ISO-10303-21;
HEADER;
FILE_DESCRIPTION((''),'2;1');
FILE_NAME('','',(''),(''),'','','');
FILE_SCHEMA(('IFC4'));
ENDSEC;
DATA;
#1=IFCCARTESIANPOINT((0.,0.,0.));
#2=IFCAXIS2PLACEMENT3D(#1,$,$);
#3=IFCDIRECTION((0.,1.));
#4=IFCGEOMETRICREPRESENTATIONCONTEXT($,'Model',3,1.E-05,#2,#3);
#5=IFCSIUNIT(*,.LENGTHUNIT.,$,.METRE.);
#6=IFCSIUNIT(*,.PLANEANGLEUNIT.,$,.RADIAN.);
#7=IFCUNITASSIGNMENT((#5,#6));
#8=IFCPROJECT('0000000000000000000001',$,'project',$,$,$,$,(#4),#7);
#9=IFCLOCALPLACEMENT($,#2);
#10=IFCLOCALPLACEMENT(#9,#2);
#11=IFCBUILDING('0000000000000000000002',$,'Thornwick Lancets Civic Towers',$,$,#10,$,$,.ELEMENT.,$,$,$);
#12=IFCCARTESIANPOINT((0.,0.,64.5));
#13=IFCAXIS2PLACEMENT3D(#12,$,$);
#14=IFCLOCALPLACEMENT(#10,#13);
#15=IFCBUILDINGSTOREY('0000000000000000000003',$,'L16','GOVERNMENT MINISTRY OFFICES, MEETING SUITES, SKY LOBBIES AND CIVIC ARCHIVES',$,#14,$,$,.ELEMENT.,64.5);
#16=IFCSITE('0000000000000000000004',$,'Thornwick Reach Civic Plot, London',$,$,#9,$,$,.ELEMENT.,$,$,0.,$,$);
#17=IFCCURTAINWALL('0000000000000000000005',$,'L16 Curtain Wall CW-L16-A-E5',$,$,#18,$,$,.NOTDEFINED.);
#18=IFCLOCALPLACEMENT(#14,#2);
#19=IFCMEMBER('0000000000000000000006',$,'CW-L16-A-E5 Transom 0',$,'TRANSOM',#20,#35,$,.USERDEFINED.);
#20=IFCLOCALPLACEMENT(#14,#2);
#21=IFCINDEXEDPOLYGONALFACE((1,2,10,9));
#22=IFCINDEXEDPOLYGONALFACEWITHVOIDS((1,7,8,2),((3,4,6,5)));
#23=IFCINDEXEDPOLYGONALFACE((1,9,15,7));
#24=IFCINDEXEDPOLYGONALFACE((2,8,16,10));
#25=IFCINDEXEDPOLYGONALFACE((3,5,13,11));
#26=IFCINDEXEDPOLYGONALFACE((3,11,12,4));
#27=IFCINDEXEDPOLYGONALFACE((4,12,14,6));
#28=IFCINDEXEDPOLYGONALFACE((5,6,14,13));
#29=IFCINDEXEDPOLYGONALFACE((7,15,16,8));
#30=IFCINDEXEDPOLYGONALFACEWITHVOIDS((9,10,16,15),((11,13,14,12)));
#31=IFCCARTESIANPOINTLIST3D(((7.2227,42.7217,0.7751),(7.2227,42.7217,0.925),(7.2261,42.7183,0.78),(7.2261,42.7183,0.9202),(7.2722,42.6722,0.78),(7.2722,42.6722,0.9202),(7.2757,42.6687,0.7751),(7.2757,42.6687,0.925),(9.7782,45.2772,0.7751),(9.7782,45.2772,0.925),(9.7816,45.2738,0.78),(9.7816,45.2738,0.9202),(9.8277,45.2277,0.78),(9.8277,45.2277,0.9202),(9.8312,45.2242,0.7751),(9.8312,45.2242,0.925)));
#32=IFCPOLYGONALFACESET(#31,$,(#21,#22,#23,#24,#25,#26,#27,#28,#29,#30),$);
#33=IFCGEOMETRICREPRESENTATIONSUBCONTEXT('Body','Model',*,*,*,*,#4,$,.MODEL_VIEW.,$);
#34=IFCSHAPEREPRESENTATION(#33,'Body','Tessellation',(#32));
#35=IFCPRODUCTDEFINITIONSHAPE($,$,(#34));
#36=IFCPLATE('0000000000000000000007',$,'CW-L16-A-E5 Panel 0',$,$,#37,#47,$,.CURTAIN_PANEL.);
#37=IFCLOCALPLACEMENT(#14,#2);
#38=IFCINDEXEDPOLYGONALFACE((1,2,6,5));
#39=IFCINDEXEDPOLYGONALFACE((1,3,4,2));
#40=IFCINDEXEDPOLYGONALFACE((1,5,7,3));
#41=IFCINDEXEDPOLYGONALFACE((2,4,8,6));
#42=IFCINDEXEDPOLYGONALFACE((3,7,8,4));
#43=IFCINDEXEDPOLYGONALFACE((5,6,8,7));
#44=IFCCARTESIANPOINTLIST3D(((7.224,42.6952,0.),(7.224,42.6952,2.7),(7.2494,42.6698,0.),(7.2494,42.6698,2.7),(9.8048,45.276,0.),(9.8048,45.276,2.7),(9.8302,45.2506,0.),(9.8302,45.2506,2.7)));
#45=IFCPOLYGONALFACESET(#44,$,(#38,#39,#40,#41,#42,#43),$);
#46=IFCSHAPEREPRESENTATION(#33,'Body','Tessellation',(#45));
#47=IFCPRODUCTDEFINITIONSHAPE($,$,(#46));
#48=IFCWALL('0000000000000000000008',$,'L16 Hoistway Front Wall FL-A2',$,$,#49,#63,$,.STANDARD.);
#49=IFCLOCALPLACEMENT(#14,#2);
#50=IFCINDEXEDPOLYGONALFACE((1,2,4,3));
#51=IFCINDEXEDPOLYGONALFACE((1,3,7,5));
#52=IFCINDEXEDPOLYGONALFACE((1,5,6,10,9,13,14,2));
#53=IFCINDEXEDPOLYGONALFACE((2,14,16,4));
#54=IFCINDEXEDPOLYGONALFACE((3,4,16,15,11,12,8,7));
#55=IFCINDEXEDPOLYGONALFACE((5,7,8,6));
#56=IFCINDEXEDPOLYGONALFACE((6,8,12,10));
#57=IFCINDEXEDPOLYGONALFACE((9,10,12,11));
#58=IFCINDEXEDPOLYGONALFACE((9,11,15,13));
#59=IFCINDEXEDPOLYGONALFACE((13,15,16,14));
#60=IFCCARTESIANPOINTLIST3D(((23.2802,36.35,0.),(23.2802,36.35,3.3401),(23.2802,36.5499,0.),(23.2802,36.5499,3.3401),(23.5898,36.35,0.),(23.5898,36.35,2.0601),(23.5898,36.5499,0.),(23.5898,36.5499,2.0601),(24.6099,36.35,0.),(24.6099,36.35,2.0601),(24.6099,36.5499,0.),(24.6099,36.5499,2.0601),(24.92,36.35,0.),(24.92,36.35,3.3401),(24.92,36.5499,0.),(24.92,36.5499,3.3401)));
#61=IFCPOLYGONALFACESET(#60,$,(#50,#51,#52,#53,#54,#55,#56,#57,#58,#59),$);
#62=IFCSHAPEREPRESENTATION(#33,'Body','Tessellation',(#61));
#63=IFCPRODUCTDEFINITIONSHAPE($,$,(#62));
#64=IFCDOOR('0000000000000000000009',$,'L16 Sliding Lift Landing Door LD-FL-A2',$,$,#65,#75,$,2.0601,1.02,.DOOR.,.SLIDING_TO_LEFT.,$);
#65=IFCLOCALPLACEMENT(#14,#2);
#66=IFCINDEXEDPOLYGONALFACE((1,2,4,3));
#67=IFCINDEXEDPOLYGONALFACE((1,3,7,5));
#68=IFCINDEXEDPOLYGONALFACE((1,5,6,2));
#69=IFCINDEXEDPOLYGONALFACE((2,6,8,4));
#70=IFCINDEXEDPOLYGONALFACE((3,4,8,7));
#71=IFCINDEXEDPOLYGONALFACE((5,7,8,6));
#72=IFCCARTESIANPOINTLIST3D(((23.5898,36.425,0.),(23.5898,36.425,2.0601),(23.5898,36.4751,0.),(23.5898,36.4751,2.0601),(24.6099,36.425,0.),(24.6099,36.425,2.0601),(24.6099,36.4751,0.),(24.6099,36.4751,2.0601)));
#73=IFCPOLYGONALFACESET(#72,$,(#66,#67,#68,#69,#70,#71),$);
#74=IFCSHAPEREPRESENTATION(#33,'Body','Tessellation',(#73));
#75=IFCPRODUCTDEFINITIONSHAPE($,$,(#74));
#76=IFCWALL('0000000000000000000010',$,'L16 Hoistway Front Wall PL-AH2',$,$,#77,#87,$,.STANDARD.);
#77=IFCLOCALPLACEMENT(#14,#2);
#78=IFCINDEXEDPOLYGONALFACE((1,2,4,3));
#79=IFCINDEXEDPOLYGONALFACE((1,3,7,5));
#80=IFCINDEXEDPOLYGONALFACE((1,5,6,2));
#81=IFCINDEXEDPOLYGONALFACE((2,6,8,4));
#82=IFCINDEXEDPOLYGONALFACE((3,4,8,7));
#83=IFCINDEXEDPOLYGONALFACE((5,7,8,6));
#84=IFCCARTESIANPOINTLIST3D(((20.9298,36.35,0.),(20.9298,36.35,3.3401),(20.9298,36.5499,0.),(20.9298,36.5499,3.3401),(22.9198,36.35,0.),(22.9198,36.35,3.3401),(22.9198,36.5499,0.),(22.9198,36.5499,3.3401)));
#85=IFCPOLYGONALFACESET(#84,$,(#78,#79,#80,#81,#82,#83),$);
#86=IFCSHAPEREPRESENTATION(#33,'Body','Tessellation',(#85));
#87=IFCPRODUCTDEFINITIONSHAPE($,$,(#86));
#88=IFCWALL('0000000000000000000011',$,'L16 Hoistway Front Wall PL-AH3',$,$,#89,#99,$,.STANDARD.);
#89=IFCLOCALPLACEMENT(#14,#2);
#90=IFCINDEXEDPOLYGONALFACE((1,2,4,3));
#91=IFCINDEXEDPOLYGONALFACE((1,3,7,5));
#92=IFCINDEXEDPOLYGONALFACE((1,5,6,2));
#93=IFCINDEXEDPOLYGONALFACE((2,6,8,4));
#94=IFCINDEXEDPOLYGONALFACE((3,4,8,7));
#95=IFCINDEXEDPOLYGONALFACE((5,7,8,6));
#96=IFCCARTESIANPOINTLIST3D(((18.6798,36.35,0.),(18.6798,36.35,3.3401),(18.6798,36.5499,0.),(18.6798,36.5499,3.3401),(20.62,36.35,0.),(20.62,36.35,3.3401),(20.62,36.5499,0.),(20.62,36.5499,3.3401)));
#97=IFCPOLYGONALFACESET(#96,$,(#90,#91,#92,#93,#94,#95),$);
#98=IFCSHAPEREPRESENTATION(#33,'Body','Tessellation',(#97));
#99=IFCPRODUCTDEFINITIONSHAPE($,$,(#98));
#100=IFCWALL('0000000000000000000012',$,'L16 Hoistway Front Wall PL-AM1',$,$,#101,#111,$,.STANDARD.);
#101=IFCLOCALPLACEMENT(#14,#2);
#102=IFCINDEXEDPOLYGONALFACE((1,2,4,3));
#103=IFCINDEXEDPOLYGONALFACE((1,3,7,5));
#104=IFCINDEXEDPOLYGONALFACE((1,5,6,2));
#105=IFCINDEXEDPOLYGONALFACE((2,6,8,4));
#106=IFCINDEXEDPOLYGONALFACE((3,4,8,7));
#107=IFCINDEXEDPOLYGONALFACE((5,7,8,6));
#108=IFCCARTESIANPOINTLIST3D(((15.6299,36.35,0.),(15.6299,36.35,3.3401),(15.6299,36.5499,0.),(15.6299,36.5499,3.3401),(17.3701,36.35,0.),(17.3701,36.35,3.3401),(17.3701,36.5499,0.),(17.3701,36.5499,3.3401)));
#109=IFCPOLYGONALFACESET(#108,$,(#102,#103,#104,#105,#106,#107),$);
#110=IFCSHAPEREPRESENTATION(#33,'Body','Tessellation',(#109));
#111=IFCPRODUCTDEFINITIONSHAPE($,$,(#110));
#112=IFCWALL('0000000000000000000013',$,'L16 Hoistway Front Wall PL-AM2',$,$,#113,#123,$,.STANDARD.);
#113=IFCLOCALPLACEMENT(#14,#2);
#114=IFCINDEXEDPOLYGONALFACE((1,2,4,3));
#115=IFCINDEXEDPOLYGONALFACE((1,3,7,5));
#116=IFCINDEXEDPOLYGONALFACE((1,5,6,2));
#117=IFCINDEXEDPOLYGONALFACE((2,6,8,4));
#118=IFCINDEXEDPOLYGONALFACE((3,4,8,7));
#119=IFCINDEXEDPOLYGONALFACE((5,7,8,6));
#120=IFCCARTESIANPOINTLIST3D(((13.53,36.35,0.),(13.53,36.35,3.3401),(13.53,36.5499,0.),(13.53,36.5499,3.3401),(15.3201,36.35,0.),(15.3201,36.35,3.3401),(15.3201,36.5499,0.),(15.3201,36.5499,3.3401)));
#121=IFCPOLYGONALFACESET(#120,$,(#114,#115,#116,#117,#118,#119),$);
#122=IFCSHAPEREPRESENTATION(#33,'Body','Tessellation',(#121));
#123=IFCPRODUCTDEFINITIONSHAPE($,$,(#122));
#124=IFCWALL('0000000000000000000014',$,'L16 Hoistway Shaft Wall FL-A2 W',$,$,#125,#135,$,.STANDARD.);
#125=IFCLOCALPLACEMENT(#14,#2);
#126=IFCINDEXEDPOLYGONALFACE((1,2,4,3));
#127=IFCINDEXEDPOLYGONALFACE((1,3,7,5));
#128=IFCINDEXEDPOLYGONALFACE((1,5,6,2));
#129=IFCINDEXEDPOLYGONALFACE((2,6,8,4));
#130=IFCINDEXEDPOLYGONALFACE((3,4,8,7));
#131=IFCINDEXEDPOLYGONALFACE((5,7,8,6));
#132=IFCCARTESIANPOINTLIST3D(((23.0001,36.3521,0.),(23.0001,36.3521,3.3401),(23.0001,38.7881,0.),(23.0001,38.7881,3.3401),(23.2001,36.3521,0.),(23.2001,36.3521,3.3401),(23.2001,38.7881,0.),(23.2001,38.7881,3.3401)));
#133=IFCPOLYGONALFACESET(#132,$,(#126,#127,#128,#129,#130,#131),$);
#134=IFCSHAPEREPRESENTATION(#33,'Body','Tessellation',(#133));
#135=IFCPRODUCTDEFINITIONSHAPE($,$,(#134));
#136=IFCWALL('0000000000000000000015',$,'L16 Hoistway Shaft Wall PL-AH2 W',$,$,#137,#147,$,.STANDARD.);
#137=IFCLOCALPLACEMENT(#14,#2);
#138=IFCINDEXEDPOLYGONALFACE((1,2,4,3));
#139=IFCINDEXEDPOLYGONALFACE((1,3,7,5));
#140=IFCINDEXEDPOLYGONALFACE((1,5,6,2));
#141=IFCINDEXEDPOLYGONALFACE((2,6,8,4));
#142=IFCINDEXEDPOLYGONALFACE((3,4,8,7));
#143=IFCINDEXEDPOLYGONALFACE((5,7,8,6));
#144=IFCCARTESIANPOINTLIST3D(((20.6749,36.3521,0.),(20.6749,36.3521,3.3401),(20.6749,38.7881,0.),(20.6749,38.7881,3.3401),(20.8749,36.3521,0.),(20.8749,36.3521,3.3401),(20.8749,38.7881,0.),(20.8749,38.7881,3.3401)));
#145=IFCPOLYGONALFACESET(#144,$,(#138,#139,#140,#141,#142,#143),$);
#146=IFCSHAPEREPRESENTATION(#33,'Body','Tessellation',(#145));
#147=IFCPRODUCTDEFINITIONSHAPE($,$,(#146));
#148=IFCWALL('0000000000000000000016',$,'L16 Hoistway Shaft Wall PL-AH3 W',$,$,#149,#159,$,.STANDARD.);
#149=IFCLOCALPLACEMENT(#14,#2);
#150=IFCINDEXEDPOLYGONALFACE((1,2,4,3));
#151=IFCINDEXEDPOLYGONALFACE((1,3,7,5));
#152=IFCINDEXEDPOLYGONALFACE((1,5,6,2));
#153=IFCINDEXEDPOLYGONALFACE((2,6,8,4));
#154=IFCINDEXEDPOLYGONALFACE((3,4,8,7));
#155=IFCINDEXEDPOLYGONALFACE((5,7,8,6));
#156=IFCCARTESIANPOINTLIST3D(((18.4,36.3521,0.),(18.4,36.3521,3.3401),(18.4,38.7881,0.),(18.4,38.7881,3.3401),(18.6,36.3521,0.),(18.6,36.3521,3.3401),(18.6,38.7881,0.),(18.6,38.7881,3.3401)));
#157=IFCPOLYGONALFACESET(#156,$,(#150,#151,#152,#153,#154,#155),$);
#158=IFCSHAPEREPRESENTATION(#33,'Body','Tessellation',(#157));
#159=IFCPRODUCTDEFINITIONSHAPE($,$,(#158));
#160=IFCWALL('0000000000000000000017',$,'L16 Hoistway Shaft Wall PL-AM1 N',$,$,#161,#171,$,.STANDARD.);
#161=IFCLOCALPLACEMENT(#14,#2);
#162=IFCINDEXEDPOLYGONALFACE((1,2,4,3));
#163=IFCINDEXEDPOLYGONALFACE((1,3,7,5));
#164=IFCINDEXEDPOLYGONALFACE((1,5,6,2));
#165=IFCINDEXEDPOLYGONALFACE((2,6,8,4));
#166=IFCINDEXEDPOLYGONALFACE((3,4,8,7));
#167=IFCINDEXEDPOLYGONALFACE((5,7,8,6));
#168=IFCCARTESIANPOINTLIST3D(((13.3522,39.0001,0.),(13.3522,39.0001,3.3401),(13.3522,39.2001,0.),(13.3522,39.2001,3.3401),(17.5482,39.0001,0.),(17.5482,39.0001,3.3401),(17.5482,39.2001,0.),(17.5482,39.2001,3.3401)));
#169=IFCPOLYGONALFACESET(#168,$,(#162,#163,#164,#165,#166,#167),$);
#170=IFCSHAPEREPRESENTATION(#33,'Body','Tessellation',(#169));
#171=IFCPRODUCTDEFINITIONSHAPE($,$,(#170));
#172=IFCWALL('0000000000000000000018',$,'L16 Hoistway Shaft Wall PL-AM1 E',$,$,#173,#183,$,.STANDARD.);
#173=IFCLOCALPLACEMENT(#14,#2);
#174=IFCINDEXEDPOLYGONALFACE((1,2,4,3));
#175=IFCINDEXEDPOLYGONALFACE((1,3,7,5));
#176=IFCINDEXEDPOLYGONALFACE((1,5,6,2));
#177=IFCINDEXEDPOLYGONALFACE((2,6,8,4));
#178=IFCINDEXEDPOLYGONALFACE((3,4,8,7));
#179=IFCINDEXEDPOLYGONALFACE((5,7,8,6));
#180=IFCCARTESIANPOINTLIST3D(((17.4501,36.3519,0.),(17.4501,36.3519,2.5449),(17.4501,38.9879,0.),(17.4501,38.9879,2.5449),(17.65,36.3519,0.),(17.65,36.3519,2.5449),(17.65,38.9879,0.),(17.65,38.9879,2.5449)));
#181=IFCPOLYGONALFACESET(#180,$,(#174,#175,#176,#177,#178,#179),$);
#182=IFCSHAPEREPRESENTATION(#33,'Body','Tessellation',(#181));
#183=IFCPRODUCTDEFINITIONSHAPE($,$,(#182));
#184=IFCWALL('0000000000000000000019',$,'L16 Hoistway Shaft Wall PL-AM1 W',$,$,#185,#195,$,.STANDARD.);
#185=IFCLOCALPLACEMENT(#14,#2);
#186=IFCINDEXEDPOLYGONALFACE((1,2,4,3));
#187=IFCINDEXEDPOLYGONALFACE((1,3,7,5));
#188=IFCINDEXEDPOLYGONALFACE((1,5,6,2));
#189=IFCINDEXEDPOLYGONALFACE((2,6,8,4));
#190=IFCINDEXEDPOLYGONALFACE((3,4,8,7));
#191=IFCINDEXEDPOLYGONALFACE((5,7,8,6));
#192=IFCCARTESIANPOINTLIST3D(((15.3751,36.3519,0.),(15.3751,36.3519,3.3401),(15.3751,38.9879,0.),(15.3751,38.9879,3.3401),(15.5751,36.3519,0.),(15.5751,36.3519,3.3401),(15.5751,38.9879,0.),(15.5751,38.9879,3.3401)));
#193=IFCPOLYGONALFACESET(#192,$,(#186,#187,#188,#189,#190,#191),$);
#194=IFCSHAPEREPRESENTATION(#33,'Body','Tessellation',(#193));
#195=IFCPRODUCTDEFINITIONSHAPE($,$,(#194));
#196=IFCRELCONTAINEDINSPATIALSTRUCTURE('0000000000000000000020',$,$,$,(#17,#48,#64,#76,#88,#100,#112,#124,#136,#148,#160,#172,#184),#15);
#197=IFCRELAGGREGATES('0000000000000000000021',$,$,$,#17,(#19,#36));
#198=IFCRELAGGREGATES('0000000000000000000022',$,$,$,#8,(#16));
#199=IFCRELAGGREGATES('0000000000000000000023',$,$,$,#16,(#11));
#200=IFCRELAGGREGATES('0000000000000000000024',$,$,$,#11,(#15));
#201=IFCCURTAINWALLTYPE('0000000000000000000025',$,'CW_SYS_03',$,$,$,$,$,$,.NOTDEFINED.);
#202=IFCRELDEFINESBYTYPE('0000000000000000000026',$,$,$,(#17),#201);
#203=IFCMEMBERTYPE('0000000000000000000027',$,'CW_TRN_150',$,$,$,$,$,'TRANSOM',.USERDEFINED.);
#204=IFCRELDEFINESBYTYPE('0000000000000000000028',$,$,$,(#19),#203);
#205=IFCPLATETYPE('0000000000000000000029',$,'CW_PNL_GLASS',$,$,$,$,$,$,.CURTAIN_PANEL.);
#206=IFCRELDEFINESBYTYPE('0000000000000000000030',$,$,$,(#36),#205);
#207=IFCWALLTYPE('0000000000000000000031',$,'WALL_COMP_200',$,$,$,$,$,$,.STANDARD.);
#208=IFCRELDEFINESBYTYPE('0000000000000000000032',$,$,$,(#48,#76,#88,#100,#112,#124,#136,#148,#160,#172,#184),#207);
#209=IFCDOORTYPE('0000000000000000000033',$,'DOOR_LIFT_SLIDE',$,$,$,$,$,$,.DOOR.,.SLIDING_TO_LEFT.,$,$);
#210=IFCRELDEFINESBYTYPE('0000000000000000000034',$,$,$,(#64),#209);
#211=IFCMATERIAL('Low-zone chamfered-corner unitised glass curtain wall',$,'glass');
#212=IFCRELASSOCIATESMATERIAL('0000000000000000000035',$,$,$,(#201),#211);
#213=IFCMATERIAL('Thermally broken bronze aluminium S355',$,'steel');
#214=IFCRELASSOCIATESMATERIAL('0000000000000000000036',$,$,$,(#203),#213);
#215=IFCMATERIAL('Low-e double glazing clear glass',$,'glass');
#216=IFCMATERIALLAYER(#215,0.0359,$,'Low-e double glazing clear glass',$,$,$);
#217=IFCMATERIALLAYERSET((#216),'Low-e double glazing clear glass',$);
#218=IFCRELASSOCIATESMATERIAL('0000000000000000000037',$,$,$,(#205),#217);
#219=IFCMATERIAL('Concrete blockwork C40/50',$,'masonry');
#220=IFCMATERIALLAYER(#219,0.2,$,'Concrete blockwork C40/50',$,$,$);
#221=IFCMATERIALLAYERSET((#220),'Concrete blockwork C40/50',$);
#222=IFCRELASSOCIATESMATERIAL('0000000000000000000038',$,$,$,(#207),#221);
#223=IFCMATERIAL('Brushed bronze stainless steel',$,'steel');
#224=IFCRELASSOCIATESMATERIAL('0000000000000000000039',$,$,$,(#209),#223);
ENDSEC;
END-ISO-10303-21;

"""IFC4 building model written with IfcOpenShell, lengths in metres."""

from ifc_helpers import new_model, si_unit, direction, frame, frame_2d, origin, origin_2d, place, context, subcontext, project, spatial, rectangle, hollow_rectangle, extrude, material, layer, layer_set, material_profile, profile_set, type_object, element, fill, aggregate, save


model = new_model("IFC4")

# Units and contexts
model_context = context("Model", 3, precision=1e-05, world=origin(), true_north=direction((0.0, 1.0)))
body_context = subcontext(model_context, "Body", "Model", "MODEL_VIEW")
ifc_project = project(units=[si_unit("LENGTHUNIT", "METRE"), si_unit("PLANEANGLEUNIT", "RADIAN")], contexts=[model_context])

# Site, building, storey
site_placement = place(None, origin())
site = spatial("IfcSite", under=ifc_project, at=site_placement, Name="Thornwick Reach Civic Plot, London", CompositionType="ELEMENT", RefElevation=0.0)
building_placement = place(site_placement, origin())
building = spatial("IfcBuilding", under=site, at=building_placement, Name="Thornwick Lancets Civic Towers", CompositionType="ELEMENT")
storey_placement = place(building_placement, frame((0.0, 0.0, 64.5)))
storey = spatial("IfcBuildingStorey", under=building, at=storey_placement, Name="L16", Description="GOVERNMENT MINISTRY OFFICES, MEETING SUITES, SKY LOBBIES AND CIVIC ARCHIVES", CompositionType="ELEMENT", Elevation=64.5)

# Curtain wall, member, plate
ifc_material_1 = material(Name="Low-zone chamfered-corner unitised glass curtain wall", Category="glass")
curtain_wall_type = type_object("IfcCurtainWallType", Name="CW_SYS_03", PredefinedType="NOTDEFINED", material=ifc_material_1)
curtain_wall_placement = place(storey_placement, origin())
curtain_wall = element("IfcCurtainWall", 1, at=curtain_wall_placement, inside=storey, type_object=curtain_wall_type, Name="L16 Curtain Wall CW-L16-A-E5", PredefinedType="NOTDEFINED")
ifc_material_2 = material(Name="Thermally broken bronze aluminium S355", Category="steel")
ifc_material_profile_1 = material_profile(ifc_material_2, hollow_rectangle(XDim=0.075, YDim=0.1499, WallThickness=0.0049, at=origin_2d()), Name="RHS 150x75x5")
ifc_profile_set_1 = profile_set([ifc_material_profile_1], Name="Thermally broken bronze aluminium S355")
member_type_1 = type_object("IfcMemberType", Name="CW_TRN_150", ElementType="TRANSOM", PredefinedType="USERDEFINED", material=ifc_profile_set_1)
member_1_placement = place(storey_placement, frame((9.8047, 45.2507, 0.8501), z_axis=(-0.707107, -0.707107, 0.0), x_axis=(0.707107, -0.707107, 0.0)))
member_1 = element("IfcMember", 2, at=member_1_placement, type_object=member_type_1, Name="CW-L16-A-E5 Transom 0", ObjectType="TRANSOM", PredefinedType="USERDEFINED", context=body_context, shape_type="SweptSolid", body=[
    extrude(hollow_rectangle(XDim=0.075, YDim=0.1499, WallThickness=0.0049, at=origin_2d()), origin(), (0.0, 0.0, 1.0), 3.614),
])
ifc_material_3 = material(Name="Low-e double glazing clear glass", Category="glass")
ifc_layer_1 = layer(ifc_material_3, 0.0359, Name="Low-e double glazing clear glass")
ifc_layer_set_1 = layer_set([ifc_layer_1], Name="Low-e double glazing clear glass")
plate_type = type_object("IfcPlateType", Name="CW_PNL_GLASS", PredefinedType="CURTAIN_PANEL", material=ifc_layer_set_1)
plate_placement = place(storey_placement, frame((8.5271, 43.9729, 0.0), z_axis=(0.0, 0.0, 1.0), x_axis=(-0.707107, -0.707107, 0.0)))
plate = element("IfcPlate", 3, at=plate_placement, type_object=plate_type, Name="CW-L16-A-E5 Panel 0", PredefinedType="CURTAIN_PANEL", context=body_context, shape_type="SweptSolid", body=[
    extrude(rectangle(XDim=3.6499, YDim=0.0359, at=origin_2d()), origin(), (0.0, 0.0, 1.0), 2.7),
])
aggregate(curtain_wall, [member_1, plate])

# Wall, opening, door
ifc_material_4 = material(Name="Concrete blockwork C40/50", Category="masonry")
ifc_layer_2 = layer(ifc_material_4, 0.2, Name="Concrete blockwork C40/50")
ifc_layer_set_2 = layer_set([ifc_layer_2], Name="Concrete blockwork C40/50")
wall_type_1 = type_object("IfcWallType", Name="WALL_COMP_200", PredefinedType="STANDARD", material=ifc_layer_set_2)
wall_1_placement = place(storey_placement, frame((24.9199, 36.45, 0.0), z_axis=(0.0, 0.0, 1.0), x_axis=(-1.0, 0.0, 0.0)))
wall_1 = element("IfcWall", 4, at=wall_1_placement, inside=storey, type_object=wall_type_1, Name="L16 Hoistway Front Wall FL-A2", PredefinedType="STANDARD", context=body_context, shape_type="SweptSolid", body=[
    extrude(rectangle(XDim=1.6399, YDim=0.2, at=frame_2d((0.8198, 0.0))), origin(), (0.0, 0.0, 1.0), 3.3401),
])
opening_1_placement = place(wall_1_placement, frame((0.3101, 0.0, 0.0)))
opening_1 = element("IfcOpeningElement", 5, at=opening_1_placement, cuts=wall_1, PredefinedType="OPENING", context=body_context, shape_type="SweptSolid", body=[
    extrude(rectangle(XDim=1.02, YDim=2.0601, at=frame_2d((0.51, 1.03))), frame((0.0, 0.1099, 0.0), z_axis=(0.0, -1.0, 0.0), x_axis=(1.0, 0.0, 0.0)), (0.0, 0.0, 1.0), 0.22),
])
ifc_material_5 = material(Name="Brushed bronze stainless steel", Category="steel")
door_type = type_object("IfcDoorType", Name="DOOR_LIFT_SLIDE", OperationType="SLIDING_TO_LEFT", PredefinedType="DOOR", material=ifc_material_5)
door_placement = place(opening_1_placement, origin())
door = element("IfcDoor", 6, at=door_placement, inside=storey, type_object=door_type, Name="L16 Sliding Lift Landing Door LD-FL-A2", OperationType="SLIDING_TO_LEFT", OverallHeight=2.0601, OverallWidth=1.02, PredefinedType="DOOR", context=body_context, shape_type="SweptSolid", body=[
    extrude(rectangle(XDim=1.02, YDim=2.0601, at=frame_2d((0.51, 1.03))), frame((0.0, 0.0249, 0.0), z_axis=(0.0, -1.0, 0.0), x_axis=(1.0, 0.0, 0.0)), (0.0, 0.0, 1.0), 0.05),
])
fill(opening_1, door)

# Walls
wall_2_placement = place(storey_placement, frame((22.9199, 36.45, 0.0), z_axis=(0.0, 0.0, 1.0), x_axis=(-1.0, 0.0, 0.0)))
element("IfcWall", 7, at=wall_2_placement, inside=storey, type_object=wall_type_1, Name="L16 Hoistway Front Wall PL-AH2", PredefinedType="STANDARD", context=body_context, shape_type="SweptSolid", body=[
    extrude(rectangle(XDim=1.99, YDim=0.2, at=frame_2d((0.9951, 0.0))), origin(), (0.0, 0.0, 1.0), 3.3401),
])
wall_3_placement = place(storey_placement, frame((20.6201, 36.45, 0.0), z_axis=(0.0, 0.0, 1.0), x_axis=(-1.0, 0.0, 0.0)))
element("IfcWall", 8, at=wall_3_placement, inside=storey, type_object=wall_type_1, Name="L16 Hoistway Front Wall PL-AH3", PredefinedType="STANDARD", context=body_context, shape_type="SweptSolid", body=[
    extrude(rectangle(XDim=1.9402, YDim=0.2, at=frame_2d((0.9702, 0.0))), origin(), (0.0, 0.0, 1.0), 3.3401),
])
wall_4_placement = place(storey_placement, frame((17.3701, 36.45, 0.0), z_axis=(0.0, 0.0, 1.0), x_axis=(-1.0, 0.0, 0.0)))
element("IfcWall", 9, at=wall_4_placement, inside=storey, type_object=wall_type_1, Name="L16 Hoistway Front Wall PL-AM1", PredefinedType="STANDARD", context=body_context, shape_type="SweptSolid", body=[
    extrude(rectangle(XDim=1.7402, YDim=0.2, at=frame_2d((0.8701, 0.0))), origin(), (0.0, 0.0, 1.0), 3.3401),
])
wall_5_placement = place(storey_placement, frame((15.3201, 36.45, 0.0), z_axis=(0.0, 0.0, 1.0), x_axis=(-1.0, 0.0, 0.0)))
element("IfcWall", 10, at=wall_5_placement, inside=storey, type_object=wall_type_1, Name="L16 Hoistway Front Wall PL-AM2", PredefinedType="STANDARD", context=body_context, shape_type="SweptSolid", body=[
    extrude(rectangle(XDim=1.79, YDim=0.2, at=frame_2d((0.895, 0.0))), origin(), (0.0, 0.0, 1.0), 3.3401),
])
for number, where, z_axis, x_axis, name in (
    (11, (23.1001, 36.3521, 0.0), (0.0, 0.0, 1.0), (0.0, 1.0, 0.0), "L16 Hoistway Shaft Wall FL-A2 W"),
    (12, (20.7749, 36.3521, 0.0), (0.0, 0.0, 1.0), (0.0, 1.0, 0.0), "L16 Hoistway Shaft Wall PL-AH2 W"),
    (13, (18.5, 36.3521, 0.0), (0.0, 0.0, 1.0), (0.0, 1.0, 0.0), "L16 Hoistway Shaft Wall PL-AH3 W"),
):
    element("IfcWall", number, at=place(storey_placement, frame(where, z_axis=z_axis, x_axis=x_axis)), inside=storey, type_object=wall_type_1, Name=name, PredefinedType="STANDARD", context=body_context, shape_type="SweptSolid", body=[
        extrude(rectangle(XDim=2.436, YDim=0.2, at=frame_2d((1.218, 0.0))), origin(), (0.0, 0.0, 1.0), 3.3401),
    ])
wall_6_placement = place(storey_placement, frame((13.3521, 39.1001, 0.0), z_axis=(0.0, 0.0, 1.0), x_axis=(1.0, 0.0, 0.0)))
element("IfcWall", 14, at=wall_6_placement, inside=storey, type_object=wall_type_1, Name="L16 Hoistway Shaft Wall PL-AM1 N", PredefinedType="STANDARD", context=body_context, shape_type="SweptSolid", body=[
    extrude(rectangle(XDim=4.196, YDim=0.2, at=frame_2d((2.0981, 0.0))), origin(), (0.0, 0.0, 1.0), 3.3401),
])
wall_7_placement = place(storey_placement, frame((17.55, 36.3521, 0.0), z_axis=(0.0, 0.0, 1.0), x_axis=(0.0, 1.0, 0.0)))
element("IfcWall", 15, at=wall_7_placement, inside=storey, type_object=wall_type_1, Name="L16 Hoistway Shaft Wall PL-AM1 E", PredefinedType="STANDARD", context=body_context, shape_type="SweptSolid", body=[
    extrude(rectangle(XDim=2.636, YDim=0.2, at=frame_2d((1.3179, 0.0))), origin(), (0.0, 0.0, 1.0), 2.5449),
])
for number, where, z_axis, x_axis, name in (
    (16, (15.4751, 36.3521, 0.0), (0.0, 0.0, 1.0), (0.0, 1.0, 0.0), "L16 Hoistway Shaft Wall PL-AM1 W"),
):
    element("IfcWall", number, at=place(storey_placement, frame(where, z_axis=z_axis, x_axis=x_axis)), inside=storey, type_object=wall_type_1, Name=name, PredefinedType="STANDARD", context=body_context, shape_type="SweptSolid", body=[
        extrude(rectangle(XDim=2.636, YDim=0.2, at=frame_2d((1.3179, 0.0))), origin(), (0.0, 0.0, 1.0), 3.3401),
    ])

save(model, "model.ifc")
